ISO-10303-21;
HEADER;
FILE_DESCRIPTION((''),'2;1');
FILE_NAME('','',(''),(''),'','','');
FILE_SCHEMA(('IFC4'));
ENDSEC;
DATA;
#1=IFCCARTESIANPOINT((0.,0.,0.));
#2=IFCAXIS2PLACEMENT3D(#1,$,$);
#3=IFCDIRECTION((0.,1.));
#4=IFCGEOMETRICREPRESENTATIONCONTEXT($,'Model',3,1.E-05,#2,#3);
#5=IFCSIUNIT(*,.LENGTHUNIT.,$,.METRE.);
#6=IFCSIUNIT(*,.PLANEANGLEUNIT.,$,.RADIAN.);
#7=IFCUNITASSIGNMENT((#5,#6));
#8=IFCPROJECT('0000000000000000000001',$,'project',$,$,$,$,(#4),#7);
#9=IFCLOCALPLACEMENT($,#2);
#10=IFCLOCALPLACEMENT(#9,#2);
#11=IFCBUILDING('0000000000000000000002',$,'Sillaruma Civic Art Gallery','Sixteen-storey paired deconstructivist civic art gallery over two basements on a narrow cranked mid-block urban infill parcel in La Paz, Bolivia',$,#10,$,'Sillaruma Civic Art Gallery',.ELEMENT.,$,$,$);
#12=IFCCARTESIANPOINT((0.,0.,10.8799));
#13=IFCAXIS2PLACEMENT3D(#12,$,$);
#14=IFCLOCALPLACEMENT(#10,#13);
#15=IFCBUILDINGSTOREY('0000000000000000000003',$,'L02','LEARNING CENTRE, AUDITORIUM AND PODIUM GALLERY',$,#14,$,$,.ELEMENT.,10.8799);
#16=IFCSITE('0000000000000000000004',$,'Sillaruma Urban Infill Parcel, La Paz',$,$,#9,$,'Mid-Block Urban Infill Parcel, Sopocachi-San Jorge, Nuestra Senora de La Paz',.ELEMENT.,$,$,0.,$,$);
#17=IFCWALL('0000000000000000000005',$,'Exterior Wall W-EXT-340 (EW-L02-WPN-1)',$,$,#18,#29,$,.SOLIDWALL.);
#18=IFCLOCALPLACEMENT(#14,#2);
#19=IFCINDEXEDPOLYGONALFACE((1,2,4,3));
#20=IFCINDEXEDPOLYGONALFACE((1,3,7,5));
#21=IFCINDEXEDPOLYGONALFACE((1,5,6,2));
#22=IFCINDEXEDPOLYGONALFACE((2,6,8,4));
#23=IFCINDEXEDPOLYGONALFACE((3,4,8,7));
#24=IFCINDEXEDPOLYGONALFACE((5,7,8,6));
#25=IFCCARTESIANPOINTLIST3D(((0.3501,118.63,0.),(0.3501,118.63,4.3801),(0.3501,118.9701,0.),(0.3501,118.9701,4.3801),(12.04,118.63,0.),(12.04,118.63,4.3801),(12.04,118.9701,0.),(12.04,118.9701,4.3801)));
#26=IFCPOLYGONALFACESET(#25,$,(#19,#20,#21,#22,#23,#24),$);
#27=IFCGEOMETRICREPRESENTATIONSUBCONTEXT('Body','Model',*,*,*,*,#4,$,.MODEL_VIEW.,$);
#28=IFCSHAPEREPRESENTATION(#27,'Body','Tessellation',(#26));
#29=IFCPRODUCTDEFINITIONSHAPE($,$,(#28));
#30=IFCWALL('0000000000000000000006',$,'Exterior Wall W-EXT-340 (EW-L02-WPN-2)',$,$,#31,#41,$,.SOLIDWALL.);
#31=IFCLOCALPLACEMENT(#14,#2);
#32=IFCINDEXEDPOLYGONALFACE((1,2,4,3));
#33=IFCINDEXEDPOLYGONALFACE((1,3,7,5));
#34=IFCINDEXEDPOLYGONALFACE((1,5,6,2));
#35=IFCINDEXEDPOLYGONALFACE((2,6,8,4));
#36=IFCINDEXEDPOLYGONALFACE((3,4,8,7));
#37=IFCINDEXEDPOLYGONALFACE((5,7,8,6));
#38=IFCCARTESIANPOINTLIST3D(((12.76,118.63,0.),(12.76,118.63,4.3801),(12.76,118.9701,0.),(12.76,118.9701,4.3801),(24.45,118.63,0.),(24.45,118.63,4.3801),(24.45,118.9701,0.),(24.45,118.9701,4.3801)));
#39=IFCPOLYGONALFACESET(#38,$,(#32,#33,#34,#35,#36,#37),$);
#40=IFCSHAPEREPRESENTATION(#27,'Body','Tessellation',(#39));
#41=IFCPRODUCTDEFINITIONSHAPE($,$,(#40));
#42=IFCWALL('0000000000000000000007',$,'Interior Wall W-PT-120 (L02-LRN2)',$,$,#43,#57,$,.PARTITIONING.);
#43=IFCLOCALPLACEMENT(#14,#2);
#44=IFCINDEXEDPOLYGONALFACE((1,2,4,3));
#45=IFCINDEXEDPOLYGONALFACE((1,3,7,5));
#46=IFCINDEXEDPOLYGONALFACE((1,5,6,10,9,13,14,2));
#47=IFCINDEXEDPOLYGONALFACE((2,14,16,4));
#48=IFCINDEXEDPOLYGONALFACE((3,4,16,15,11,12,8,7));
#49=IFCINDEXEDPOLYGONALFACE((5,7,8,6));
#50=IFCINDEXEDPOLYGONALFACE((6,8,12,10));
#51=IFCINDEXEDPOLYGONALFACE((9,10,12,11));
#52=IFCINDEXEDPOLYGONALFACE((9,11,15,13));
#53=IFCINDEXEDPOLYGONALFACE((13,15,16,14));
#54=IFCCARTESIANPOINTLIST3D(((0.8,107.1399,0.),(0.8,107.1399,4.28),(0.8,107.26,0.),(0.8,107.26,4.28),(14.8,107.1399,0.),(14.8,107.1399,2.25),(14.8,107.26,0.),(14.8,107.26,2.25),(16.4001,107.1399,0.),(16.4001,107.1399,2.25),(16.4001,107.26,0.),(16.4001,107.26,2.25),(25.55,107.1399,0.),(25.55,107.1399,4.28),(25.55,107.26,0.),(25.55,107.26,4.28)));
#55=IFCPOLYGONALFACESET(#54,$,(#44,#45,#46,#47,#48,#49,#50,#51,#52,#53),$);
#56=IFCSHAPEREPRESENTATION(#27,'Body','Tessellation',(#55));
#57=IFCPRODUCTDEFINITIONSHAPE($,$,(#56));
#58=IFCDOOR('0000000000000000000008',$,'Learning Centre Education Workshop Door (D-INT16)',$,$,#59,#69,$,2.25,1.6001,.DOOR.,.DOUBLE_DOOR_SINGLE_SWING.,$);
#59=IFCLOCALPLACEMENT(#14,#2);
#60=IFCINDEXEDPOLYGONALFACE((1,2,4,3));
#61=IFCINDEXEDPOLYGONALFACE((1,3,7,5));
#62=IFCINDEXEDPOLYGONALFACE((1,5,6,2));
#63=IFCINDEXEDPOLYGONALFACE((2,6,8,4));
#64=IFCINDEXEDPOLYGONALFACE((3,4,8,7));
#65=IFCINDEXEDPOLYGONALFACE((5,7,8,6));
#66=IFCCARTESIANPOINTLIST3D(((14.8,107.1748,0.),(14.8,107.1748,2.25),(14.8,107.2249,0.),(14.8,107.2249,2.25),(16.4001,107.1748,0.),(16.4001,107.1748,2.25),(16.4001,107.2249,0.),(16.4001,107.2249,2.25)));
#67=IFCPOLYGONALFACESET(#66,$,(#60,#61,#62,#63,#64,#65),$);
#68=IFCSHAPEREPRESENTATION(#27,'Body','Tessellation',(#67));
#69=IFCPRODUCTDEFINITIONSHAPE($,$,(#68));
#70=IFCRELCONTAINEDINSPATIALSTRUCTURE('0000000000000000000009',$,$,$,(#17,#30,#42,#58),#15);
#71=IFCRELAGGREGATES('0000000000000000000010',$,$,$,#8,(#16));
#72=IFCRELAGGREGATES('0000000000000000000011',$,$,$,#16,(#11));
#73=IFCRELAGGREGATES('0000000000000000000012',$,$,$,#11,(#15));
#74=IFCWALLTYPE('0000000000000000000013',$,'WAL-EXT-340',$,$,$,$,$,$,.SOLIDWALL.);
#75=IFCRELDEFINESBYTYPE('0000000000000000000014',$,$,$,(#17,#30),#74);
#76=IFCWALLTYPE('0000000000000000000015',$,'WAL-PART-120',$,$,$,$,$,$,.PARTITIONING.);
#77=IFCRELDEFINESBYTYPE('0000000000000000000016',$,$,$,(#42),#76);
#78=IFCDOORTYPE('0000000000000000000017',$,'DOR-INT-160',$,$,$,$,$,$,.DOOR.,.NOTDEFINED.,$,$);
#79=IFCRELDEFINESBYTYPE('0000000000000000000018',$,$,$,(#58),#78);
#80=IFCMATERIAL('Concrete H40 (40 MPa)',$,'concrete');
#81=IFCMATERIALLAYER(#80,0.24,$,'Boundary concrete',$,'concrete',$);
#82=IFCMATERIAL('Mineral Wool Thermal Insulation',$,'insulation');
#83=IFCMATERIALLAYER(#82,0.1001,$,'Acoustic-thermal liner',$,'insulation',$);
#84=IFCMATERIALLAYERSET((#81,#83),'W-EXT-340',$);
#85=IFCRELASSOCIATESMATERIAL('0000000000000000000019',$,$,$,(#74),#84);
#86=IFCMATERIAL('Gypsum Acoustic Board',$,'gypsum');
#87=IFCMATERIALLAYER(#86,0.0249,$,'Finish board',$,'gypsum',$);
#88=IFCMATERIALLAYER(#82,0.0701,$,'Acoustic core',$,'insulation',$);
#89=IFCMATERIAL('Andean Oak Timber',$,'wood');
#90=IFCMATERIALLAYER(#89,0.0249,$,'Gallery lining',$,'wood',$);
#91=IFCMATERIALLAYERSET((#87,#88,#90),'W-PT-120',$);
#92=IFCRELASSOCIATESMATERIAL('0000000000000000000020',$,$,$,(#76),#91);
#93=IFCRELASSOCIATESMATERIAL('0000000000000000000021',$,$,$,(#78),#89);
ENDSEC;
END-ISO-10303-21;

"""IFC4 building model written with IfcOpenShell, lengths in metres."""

from ifc_helpers import new_model, si_unit, direction, frame, frame_2d, origin, place, context, subcontext, project, spatial, rectangle, extrude, material, layer, layer_set, type_object, element, fill, save


model = new_model("IFC4")

# Units and contexts
model_context = context("Model", 3, precision=1e-05, world=origin(), true_north=direction((0.0, 1.0)))
body_context = subcontext(model_context, "Body", "Model", "MODEL_VIEW")
ifc_project = project(units=[si_unit("LENGTHUNIT", "METRE"), si_unit("PLANEANGLEUNIT", "RADIAN")], contexts=[model_context])

# Site, building, storey
site_placement = place(None, origin())
site = spatial("IfcSite", under=ifc_project, at=site_placement, Name="Sillaruma Urban Infill Parcel, La Paz", LongName="Mid-Block Urban Infill Parcel, Sopocachi-San Jorge, Nuestra Senora de La Paz", CompositionType="ELEMENT", RefElevation=0.0)
building_placement = place(site_placement, origin())
building = spatial("IfcBuilding", under=site, at=building_placement, Name="Sillaruma Civic Art Gallery", Description="Sixteen-storey paired deconstructivist civic art gallery over two basements on a narrow cranked mid-block urban infill parcel in La Paz, Bolivia", LongName="Sillaruma Civic Art Gallery", CompositionType="ELEMENT")
storey_placement = place(building_placement, frame((0.0, 0.0, 10.8799)))
storey = spatial("IfcBuildingStorey", under=building, at=storey_placement, Name="L02", Description="LEARNING CENTRE, AUDITORIUM AND PODIUM GALLERY", CompositionType="ELEMENT", Elevation=10.8799)

# Shared definitions
ifc_material_1 = material(Name="Concrete H40 (40 MPa)", Category="concrete")

# Walls
ifc_layer_1 = layer(ifc_material_1, 0.24, Name="Boundary concrete", Category="concrete")
ifc_material_2 = material(Name="Mineral Wool Thermal Insulation", Category="insulation")
ifc_layer_2 = layer(ifc_material_2, 0.1001, Name="Acoustic-thermal liner", Category="insulation")
ifc_layer_set_1 = layer_set([ifc_layer_1, ifc_layer_2], Name="W-EXT-340")
wall_type_1 = type_object("IfcWallType", Name="WAL-EXT-340", PredefinedType="SOLIDWALL", material=ifc_layer_set_1)
for number, where, z_axis, x_axis, name in (
    (1, (0.3501, 118.8, 0.0), (0.0, 0.0, 1.0), (1.0, 0.0, 0.0), "Exterior Wall W-EXT-340 (EW-L02-WPN-1)"),
    (2, (12.76, 118.8, 0.0), (0.0, 0.0, 1.0), (1.0, 0.0, 0.0), "Exterior Wall W-EXT-340 (EW-L02-WPN-2)"),
):
    element("IfcWall", number, at=place(storey_placement, frame(where, z_axis=z_axis, x_axis=x_axis)), inside=storey, type_object=wall_type_1, Name=name, PredefinedType="SOLIDWALL", context=body_context, shape_type="SweptSolid", body=[
        extrude(rectangle(XDim=11.6899, YDim=0.3401, at=frame_2d((5.845, 0.0))), origin(), (0.0, 0.0, 1.0), 4.3801),
    ])

# Wall, opening, door
ifc_material_3 = material(Name="Gypsum Acoustic Board", Category="gypsum")
ifc_layer_3 = layer(ifc_material_3, 0.0249, Name="Finish board", Category="gypsum")
ifc_layer_4 = layer(ifc_material_2, 0.0701, Name="Acoustic core", Category="insulation")
ifc_material_4 = material(Name="Andean Oak Timber", Category="wood")
ifc_layer_5 = layer(ifc_material_4, 0.0249, Name="Gallery lining", Category="wood")
ifc_layer_set_2 = layer_set([ifc_layer_3, ifc_layer_4, ifc_layer_5], Name="W-PT-120")
wall_type_2 = type_object("IfcWallType", Name="WAL-PART-120", PredefinedType="PARTITIONING", material=ifc_layer_set_2)
wall_placement = place(storey_placement, frame((0.8, 107.2, 0.0), z_axis=(0.0, 0.0, 1.0), x_axis=(1.0, 0.0, 0.0)))
wall = element("IfcWall", 3, at=wall_placement, inside=storey, type_object=wall_type_2, Name="Interior Wall W-PT-120 (L02-LRN2)", PredefinedType="PARTITIONING", context=body_context, shape_type="SweptSolid", body=[
    extrude(rectangle(XDim=24.75, YDim=0.1201, at=frame_2d((12.375, 0.0))), origin(), (0.0, 0.0, 1.0), 4.28),
])
opening_placement = place(wall_placement, frame((14.0, 0.0, 0.0)))
opening = element("IfcOpeningElement", 4, at=opening_placement, cuts=wall, PredefinedType="OPENING", context=body_context, shape_type="SweptSolid", body=[
    extrude(rectangle(XDim=1.6001, YDim=2.25, at=frame_2d((0.8, 1.125))), frame((0.0, 0.0701, 0.0), z_axis=(0.0, -1.0, 0.0), x_axis=(1.0, 0.0, 0.0)), (0.0, 0.0, 1.0), 0.1401),
])
door_type = type_object("IfcDoorType", Name="DOR-INT-160", OperationType="NOTDEFINED", PredefinedType="DOOR", material=ifc_material_4)
door_placement = place(opening_placement, origin())
door = element("IfcDoor", 5, at=door_placement, inside=storey, type_object=door_type, Name="Learning Centre Education Workshop Door (D-INT16)", OperationType="DOUBLE_DOOR_SINGLE_SWING", OverallHeight=2.25, OverallWidth=1.6001, PredefinedType="DOOR", context=body_context, shape_type="SweptSolid", body=[
    extrude(rectangle(XDim=1.6001, YDim=2.25, at=frame_2d((0.8, 1.125))), frame((0.0, 0.0249, 0.0), z_axis=(0.0, -1.0, 0.0), x_axis=(1.0, 0.0, 0.0)), (0.0, 0.0, 1.0), 0.05),
])
fill(opening, door)

save(model, "model.ifc")
